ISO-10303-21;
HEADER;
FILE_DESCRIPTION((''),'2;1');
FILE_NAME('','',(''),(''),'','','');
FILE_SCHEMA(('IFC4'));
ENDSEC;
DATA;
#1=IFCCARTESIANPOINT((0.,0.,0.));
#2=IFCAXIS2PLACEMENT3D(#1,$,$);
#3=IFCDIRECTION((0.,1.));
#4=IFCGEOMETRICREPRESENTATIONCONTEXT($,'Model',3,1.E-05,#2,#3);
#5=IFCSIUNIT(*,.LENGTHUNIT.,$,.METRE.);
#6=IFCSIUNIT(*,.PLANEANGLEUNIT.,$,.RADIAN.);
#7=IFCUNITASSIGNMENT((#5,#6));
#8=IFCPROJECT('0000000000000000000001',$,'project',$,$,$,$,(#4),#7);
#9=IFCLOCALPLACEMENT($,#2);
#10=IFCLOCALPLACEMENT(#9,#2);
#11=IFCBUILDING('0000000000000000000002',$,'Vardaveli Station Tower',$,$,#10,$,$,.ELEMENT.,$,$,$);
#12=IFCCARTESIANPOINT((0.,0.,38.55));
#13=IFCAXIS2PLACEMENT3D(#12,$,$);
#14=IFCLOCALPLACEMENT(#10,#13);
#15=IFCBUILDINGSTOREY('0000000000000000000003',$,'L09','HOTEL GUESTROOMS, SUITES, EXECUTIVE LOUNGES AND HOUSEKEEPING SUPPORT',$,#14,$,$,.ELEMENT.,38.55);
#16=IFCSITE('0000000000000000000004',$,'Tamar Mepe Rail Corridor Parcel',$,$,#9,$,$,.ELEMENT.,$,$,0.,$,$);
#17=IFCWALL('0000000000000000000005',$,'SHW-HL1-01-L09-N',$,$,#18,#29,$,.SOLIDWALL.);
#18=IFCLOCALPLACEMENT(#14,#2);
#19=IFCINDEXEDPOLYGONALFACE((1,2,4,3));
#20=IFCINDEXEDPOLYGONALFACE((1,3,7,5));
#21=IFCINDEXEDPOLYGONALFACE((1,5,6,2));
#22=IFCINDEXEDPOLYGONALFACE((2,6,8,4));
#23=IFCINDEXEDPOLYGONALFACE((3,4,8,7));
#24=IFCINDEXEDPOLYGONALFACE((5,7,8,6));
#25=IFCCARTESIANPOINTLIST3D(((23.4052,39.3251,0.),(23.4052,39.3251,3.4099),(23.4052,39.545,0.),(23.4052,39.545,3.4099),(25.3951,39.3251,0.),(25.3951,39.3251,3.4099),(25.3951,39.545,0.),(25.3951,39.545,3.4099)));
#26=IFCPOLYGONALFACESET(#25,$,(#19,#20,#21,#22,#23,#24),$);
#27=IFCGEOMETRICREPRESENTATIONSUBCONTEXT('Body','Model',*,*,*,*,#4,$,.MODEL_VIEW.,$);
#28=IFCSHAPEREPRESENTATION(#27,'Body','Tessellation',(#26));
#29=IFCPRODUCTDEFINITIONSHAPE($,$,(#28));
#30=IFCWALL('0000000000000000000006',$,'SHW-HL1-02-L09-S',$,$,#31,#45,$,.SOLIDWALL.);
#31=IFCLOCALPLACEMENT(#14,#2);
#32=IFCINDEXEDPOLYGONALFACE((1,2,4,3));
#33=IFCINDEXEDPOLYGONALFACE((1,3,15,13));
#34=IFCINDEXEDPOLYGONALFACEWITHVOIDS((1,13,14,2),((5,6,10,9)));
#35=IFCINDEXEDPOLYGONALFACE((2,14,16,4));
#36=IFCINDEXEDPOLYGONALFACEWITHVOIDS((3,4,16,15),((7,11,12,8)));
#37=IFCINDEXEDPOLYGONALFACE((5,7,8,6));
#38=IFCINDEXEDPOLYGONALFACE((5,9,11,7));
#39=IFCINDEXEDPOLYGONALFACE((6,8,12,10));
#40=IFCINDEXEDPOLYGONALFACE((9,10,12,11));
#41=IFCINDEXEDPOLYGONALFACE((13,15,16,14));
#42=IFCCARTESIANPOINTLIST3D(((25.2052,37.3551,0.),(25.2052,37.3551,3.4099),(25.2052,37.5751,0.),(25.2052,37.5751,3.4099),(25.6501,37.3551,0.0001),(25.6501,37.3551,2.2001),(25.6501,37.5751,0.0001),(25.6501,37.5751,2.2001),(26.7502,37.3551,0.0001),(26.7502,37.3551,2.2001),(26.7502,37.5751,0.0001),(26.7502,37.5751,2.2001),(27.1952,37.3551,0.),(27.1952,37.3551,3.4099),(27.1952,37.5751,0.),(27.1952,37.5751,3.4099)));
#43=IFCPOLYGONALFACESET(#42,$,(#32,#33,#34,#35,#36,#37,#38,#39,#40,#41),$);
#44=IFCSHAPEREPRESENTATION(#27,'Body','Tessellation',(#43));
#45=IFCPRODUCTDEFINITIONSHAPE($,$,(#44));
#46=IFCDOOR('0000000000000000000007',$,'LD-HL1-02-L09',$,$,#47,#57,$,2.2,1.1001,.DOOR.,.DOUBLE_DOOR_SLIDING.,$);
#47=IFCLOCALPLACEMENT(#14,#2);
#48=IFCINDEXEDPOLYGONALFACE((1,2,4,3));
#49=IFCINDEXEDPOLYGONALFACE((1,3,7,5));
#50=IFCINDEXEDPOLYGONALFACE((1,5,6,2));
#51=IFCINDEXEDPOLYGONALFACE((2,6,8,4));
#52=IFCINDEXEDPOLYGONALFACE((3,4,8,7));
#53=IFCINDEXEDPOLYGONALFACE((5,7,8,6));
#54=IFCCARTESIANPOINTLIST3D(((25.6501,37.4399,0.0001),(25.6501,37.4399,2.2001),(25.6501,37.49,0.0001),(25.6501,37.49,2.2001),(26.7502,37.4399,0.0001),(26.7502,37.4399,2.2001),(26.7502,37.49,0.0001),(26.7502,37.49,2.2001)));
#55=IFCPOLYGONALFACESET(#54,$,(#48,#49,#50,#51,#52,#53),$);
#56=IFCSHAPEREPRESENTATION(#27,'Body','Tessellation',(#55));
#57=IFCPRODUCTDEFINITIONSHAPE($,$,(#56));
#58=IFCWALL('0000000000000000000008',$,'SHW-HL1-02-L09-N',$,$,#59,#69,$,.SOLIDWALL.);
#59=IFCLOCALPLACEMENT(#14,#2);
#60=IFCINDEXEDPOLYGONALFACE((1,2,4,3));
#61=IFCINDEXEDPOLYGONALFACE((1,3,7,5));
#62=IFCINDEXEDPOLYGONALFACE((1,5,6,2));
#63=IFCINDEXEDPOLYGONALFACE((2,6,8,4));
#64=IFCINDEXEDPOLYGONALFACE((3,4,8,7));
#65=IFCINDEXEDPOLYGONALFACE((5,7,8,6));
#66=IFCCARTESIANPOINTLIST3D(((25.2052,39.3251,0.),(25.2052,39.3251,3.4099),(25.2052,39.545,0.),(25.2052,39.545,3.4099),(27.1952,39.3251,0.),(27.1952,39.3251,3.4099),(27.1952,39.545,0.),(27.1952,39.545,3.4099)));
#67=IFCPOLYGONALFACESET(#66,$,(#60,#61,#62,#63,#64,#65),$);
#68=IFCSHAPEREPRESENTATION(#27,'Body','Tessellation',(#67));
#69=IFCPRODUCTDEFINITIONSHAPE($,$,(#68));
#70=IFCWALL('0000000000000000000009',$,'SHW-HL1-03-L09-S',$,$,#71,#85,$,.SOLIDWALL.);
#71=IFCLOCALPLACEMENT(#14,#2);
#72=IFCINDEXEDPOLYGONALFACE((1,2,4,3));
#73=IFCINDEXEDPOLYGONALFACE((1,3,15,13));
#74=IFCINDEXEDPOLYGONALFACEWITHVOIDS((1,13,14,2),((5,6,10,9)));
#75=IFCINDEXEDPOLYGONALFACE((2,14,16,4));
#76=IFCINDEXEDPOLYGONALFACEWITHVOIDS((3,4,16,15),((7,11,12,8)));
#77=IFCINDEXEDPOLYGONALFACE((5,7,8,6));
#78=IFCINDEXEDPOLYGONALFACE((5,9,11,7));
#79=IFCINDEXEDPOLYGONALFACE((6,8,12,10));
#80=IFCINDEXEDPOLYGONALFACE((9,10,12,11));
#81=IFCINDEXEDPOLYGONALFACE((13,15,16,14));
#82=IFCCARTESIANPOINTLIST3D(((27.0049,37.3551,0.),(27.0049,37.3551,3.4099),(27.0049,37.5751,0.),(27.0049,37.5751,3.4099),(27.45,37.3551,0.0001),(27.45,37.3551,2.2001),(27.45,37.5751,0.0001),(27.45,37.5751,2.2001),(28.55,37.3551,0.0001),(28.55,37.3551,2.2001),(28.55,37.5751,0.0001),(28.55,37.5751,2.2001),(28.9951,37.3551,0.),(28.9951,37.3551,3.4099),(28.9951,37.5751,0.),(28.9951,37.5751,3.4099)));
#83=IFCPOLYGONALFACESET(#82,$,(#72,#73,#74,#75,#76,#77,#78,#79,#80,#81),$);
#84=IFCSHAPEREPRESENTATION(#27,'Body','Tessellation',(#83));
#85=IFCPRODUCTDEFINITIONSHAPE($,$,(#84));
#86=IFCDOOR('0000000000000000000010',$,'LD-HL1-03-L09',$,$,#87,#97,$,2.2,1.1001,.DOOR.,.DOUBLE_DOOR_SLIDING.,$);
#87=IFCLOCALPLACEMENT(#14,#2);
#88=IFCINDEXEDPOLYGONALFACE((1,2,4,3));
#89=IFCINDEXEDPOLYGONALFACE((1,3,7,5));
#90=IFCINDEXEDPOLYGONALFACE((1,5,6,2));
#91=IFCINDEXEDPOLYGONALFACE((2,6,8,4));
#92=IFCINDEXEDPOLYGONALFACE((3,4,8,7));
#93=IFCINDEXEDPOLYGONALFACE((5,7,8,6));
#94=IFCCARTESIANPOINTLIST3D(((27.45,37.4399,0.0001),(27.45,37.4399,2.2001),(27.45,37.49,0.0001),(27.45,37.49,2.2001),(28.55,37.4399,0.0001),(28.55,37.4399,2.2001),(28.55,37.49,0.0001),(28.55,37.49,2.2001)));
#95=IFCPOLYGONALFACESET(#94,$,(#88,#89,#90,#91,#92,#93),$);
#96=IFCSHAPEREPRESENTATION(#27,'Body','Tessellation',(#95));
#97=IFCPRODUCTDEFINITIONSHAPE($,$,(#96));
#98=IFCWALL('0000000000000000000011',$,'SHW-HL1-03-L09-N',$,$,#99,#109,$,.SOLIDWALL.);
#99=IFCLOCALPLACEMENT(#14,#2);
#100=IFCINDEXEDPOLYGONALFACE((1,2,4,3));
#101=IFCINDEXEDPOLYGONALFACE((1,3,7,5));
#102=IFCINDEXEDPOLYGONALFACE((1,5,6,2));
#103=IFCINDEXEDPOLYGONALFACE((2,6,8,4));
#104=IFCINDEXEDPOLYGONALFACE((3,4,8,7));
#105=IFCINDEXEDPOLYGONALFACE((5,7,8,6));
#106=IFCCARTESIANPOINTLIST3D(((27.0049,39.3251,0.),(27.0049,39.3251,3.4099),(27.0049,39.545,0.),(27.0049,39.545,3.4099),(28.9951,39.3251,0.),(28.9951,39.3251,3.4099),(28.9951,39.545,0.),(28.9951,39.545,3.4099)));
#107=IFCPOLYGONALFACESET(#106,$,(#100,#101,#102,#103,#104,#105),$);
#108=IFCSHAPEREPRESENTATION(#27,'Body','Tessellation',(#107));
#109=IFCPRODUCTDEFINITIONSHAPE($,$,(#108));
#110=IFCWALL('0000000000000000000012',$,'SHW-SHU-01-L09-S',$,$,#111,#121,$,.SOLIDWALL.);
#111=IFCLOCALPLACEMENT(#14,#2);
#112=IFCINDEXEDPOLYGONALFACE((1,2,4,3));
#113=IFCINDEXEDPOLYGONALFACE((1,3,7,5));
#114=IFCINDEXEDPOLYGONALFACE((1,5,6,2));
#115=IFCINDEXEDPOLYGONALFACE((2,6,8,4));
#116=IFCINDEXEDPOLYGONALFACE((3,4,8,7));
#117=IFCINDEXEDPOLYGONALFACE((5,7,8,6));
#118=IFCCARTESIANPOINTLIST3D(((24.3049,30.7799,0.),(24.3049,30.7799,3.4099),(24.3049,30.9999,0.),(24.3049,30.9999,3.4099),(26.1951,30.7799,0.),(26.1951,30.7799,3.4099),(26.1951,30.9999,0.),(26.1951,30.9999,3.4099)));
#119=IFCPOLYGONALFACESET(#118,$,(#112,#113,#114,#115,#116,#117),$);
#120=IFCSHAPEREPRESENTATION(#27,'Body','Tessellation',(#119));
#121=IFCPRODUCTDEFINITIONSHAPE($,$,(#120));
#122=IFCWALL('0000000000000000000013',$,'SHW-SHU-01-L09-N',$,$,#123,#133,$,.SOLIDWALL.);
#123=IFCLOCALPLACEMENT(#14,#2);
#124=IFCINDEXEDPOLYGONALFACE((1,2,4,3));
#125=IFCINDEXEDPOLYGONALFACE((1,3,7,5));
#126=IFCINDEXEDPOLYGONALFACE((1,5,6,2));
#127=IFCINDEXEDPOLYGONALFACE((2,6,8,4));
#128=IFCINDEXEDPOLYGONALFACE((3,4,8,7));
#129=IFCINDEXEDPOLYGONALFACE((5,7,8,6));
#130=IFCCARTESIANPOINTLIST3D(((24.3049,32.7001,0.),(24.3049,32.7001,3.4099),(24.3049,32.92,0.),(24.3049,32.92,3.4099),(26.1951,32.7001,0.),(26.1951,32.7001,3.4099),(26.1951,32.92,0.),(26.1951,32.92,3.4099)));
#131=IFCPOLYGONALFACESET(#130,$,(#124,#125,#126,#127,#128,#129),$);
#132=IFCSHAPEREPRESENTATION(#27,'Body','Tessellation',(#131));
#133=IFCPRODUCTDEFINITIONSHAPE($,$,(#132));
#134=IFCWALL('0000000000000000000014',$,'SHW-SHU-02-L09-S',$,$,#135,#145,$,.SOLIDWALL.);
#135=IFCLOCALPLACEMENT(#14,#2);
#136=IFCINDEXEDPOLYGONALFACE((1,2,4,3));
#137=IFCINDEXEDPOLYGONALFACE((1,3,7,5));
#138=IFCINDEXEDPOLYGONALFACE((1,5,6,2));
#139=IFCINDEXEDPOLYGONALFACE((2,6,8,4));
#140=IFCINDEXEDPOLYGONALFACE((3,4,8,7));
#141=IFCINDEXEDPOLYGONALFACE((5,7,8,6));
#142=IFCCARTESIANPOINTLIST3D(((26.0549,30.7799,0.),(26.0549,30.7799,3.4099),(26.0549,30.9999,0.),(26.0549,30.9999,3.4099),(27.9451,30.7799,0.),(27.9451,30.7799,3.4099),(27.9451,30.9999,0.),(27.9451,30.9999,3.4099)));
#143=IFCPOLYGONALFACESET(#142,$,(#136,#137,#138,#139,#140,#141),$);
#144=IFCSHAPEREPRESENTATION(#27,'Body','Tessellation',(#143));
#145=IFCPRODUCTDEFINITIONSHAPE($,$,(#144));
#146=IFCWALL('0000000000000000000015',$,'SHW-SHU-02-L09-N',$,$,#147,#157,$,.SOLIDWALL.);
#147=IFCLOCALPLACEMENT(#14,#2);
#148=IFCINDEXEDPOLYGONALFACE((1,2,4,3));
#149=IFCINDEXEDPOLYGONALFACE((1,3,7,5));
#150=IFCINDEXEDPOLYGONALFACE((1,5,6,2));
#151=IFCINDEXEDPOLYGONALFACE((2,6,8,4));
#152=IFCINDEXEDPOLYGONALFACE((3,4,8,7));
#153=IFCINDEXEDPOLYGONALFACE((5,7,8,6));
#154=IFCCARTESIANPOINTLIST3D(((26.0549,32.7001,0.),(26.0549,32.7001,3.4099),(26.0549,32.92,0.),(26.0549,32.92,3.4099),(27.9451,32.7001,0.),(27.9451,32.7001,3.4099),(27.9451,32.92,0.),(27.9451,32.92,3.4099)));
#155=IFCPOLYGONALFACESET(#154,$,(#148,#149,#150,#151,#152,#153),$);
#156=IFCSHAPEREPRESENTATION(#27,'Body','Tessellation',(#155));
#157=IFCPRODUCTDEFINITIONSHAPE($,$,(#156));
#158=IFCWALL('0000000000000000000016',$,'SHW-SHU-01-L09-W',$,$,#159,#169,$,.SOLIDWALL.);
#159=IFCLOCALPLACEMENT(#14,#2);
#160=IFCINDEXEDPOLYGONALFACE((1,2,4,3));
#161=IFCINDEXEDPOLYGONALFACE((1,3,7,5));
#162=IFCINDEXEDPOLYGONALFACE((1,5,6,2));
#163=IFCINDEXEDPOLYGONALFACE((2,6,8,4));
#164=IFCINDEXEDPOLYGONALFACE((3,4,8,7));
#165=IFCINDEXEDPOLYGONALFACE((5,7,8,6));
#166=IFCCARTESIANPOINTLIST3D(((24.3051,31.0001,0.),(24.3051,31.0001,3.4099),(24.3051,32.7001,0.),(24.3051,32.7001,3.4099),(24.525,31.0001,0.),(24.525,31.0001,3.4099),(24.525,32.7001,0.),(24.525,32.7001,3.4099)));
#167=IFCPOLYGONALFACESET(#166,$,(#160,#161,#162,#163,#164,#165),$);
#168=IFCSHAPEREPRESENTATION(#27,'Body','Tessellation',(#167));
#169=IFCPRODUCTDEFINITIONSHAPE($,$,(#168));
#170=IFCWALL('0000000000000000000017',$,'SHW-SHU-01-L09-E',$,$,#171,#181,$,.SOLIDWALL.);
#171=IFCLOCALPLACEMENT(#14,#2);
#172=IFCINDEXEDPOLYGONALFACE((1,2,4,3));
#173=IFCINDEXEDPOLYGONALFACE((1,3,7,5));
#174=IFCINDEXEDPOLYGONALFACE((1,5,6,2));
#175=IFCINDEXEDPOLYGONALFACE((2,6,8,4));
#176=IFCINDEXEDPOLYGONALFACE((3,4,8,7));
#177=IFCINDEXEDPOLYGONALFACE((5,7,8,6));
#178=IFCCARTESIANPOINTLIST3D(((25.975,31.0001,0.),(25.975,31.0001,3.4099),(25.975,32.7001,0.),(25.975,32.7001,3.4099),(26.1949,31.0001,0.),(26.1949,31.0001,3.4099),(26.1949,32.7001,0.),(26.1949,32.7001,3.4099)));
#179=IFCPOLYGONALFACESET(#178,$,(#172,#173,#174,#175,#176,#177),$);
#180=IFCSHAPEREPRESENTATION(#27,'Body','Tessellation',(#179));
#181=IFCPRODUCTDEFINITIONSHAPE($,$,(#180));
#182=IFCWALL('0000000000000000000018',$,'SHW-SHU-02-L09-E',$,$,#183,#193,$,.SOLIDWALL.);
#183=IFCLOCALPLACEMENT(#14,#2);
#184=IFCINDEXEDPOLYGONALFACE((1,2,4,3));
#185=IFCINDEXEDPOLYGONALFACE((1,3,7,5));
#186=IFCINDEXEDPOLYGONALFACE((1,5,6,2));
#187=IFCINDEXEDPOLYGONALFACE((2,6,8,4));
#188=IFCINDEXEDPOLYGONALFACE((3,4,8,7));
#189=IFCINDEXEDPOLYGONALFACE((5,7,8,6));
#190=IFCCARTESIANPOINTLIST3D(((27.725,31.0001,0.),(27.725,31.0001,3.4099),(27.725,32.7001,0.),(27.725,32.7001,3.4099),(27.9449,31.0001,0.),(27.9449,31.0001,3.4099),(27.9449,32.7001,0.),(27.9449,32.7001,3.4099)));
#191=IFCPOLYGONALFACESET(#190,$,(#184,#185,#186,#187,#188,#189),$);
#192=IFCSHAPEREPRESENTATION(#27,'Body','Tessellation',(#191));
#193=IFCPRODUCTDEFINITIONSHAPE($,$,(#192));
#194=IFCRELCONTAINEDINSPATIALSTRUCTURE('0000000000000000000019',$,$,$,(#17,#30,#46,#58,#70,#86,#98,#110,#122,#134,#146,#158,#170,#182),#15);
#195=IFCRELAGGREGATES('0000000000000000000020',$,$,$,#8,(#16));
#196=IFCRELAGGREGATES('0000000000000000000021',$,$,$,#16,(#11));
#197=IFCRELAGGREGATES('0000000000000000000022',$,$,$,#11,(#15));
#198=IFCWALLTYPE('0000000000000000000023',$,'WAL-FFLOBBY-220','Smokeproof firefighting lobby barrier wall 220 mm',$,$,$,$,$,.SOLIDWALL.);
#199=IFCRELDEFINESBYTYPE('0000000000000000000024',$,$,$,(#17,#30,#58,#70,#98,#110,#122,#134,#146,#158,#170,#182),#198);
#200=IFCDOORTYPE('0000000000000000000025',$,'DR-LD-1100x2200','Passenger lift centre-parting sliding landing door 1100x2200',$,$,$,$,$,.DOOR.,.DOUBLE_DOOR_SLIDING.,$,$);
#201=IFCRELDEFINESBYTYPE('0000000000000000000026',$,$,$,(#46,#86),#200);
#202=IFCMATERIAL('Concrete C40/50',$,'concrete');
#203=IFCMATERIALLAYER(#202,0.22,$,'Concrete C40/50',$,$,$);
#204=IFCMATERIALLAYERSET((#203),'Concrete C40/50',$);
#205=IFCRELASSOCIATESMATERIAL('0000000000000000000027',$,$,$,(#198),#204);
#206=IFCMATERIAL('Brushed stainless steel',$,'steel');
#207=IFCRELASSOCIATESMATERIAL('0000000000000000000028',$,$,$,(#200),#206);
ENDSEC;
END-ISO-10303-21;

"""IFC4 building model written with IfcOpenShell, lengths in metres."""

from ifc_helpers import new_model, si_unit, direction, frame, frame_2d, origin, place, context, subcontext, project, spatial, rectangle, extrude, source, transform, mapped, material, layer, layer_set, type_object, element, fill, save


model = new_model("IFC4")

# Units and contexts
model_context = context("Model", 3, precision=1e-05, world=origin(), true_north=direction((0.0, 1.0)))
body_context = subcontext(model_context, "Body", "Model", "MODEL_VIEW")
ifc_project = project(units=[si_unit("LENGTHUNIT", "METRE"), si_unit("PLANEANGLEUNIT", "RADIAN")], contexts=[model_context])

# Site, building, storey
site_placement = place(None, origin())
site = spatial("IfcSite", under=ifc_project, at=site_placement, Name="Tamar Mepe Rail Corridor Parcel", CompositionType="ELEMENT", RefElevation=0.0)
building_placement = place(site_placement, origin())
building = spatial("IfcBuilding", under=site, at=building_placement, Name="Vardaveli Station Tower", CompositionType="ELEMENT")
storey_placement = place(building_placement, frame((0.0, 0.0, 38.55)))
storey = spatial("IfcBuildingStorey", under=building, at=storey_placement, Name="L09", Description="HOTEL GUESTROOMS, SUITES, EXECUTIVE LOUNGES AND HOUSEKEEPING SUPPORT", CompositionType="ELEMENT", Elevation=38.55)

# Shared definitions
ifc_material_1 = material(Name="Concrete C40/50", Category="concrete")
ifc_layer_1 = layer(ifc_material_1, 0.22, Name="Concrete C40/50")
ifc_layer_set_1 = layer_set([ifc_layer_1], Name="Concrete C40/50")
wall_type_1 = type_object("IfcWallType", Name="WAL-FFLOBBY-220", Description="Smokeproof firefighting lobby barrier wall 220 mm", PredefinedType="SOLIDWALL", material=ifc_layer_set_1)

# Shared definitions
shared_shape_1 = source(origin(), body_context, "Body", "SweptSolid", [
    extrude(rectangle(XDim=1.99, YDim=0.22, at=frame_2d((0.9951, 0.0))), origin(), (0.0, 0.0, 1.0), 3.4099),
])
shared_shape_2 = source(origin(), body_context, "Body", "SweptSolid", [
    extrude(rectangle(XDim=1.1001, YDim=2.2, at=frame_2d((0.55, 1.1001))), frame((0.0, 0.1201, 0.0), z_axis=(0.0, -1.0, 0.0), x_axis=(1.0, 0.0, 0.0)), (0.0, 0.0, 1.0), 0.24),
])
ifc_material_2 = material(Name="Brushed stainless steel", Category="steel")
door_type_1 = type_object("IfcDoorType", Name="DR-LD-1100x2200", Description="Passenger lift centre-parting sliding landing door 1100x2200", OperationType="DOUBLE_DOOR_SLIDING", PredefinedType="DOOR", material=ifc_material_2)
shared_shape_3 = source(origin(), body_context, "Body", "SweptSolid", [
    extrude(rectangle(XDim=1.1001, YDim=2.2, at=frame_2d((0.55, 1.1001))), frame((0.0, 0.0249, 0.0), z_axis=(0.0, -1.0, 0.0), x_axis=(1.0, 0.0, 0.0)), (0.0, 0.0, 1.0), 0.05),
])

# Wall
wall_1_placement = place(storey_placement, frame((23.405, 39.4351, 0.0), z_axis=(0.0, 0.0, 1.0), x_axis=(1.0, 0.0, 0.0)))
element("IfcWall", 1, at=wall_1_placement, inside=storey, type_object=wall_type_1, Name="SHW-HL1-01-L09-N", PredefinedType="SOLIDWALL", context=body_context, shape_type="MappedRepresentation", body=[
    mapped(shared_shape_1, transform((0.0, 0.0, 0.0), scale=1.0)),
])

# Wall, opening, door
wall_2_placement = place(storey_placement, frame((25.2051, 37.4651, 0.0), z_axis=(0.0, 0.0, 1.0), x_axis=(1.0, 0.0, 0.0)))
wall_2 = element("IfcWall", 2, at=wall_2_placement, inside=storey, type_object=wall_type_1, Name="SHW-HL1-02-L09-S", PredefinedType="SOLIDWALL", context=body_context, shape_type="MappedRepresentation", body=[
    mapped(shared_shape_1, transform((0.0, 0.0, 0.0), scale=1.0)),
])
opening_1_placement = place(wall_2_placement, frame((0.4451, 0.0, 0.0)))
opening_1 = element("IfcOpeningElement", 3, at=opening_1_placement, cuts=wall_2, PredefinedType="OPENING", context=body_context, shape_type="MappedRepresentation", body=[
    mapped(shared_shape_2, transform((0.0, 0.0, 0.0), scale=1.0)),
])
door_1_placement = place(opening_1_placement, origin())
door_1 = element("IfcDoor", 4, at=door_1_placement, inside=storey, type_object=door_type_1, Name="LD-HL1-02-L09", OperationType="DOUBLE_DOOR_SLIDING", OverallHeight=2.2, OverallWidth=1.1001, PredefinedType="DOOR", context=body_context, shape_type="MappedRepresentation", body=[
    mapped(shared_shape_3, transform((0.0, 0.0, 0.0), scale=1.0)),
])
fill(opening_1, door_1)

# Wall
wall_3_placement = place(storey_placement, frame((25.2051, 39.4351, 0.0), z_axis=(0.0, 0.0, 1.0), x_axis=(1.0, 0.0, 0.0)))
element("IfcWall", 5, at=wall_3_placement, inside=storey, type_object=wall_type_1, Name="SHW-HL1-02-L09-N", PredefinedType="SOLIDWALL", context=body_context, shape_type="MappedRepresentation", body=[
    mapped(shared_shape_1, transform((0.0, 0.0, 0.0), scale=1.0)),
])

# Wall, opening, door
shared_shape_4 = source(origin(), body_context, "Body", "SweptSolid", [
    extrude(rectangle(XDim=1.9902, YDim=0.22, at=frame_2d((0.9951, 0.0))), origin(), (0.0, 0.0, 1.0), 3.4099),
])
wall_4_placement = place(storey_placement, frame((27.0049, 37.4651, 0.0), z_axis=(0.0, 0.0, 1.0), x_axis=(1.0, 0.0, 0.0)))
wall_4 = element("IfcWall", 6, at=wall_4_placement, inside=storey, type_object=wall_type_1, Name="SHW-HL1-03-L09-S", PredefinedType="SOLIDWALL", context=body_context, shape_type="MappedRepresentation", body=[
    mapped(shared_shape_4, transform((0.0, 0.0, 0.0), scale=1.0)),
])
opening_2_placement = place(wall_4_placement, frame((0.4451, 0.0, 0.0)))
opening_2 = element("IfcOpeningElement", 7, at=opening_2_placement, cuts=wall_4, PredefinedType="OPENING", context=body_context, shape_type="MappedRepresentation", body=[
    mapped(shared_shape_2, transform((0.0, 0.0, 0.0), scale=1.0)),
])
door_2_placement = place(opening_2_placement, origin())
door_2 = element("IfcDoor", 8, at=door_2_placement, inside=storey, type_object=door_type_1, Name="LD-HL1-03-L09", OperationType="DOUBLE_DOOR_SLIDING", OverallHeight=2.2, OverallWidth=1.1001, PredefinedType="DOOR", context=body_context, shape_type="MappedRepresentation", body=[
    mapped(shared_shape_3, transform((0.0, 0.0, 0.0), scale=1.0)),
])
fill(opening_2, door_2)

# Walls
wall_5_placement = place(storey_placement, frame((27.0049, 39.4351, 0.0), z_axis=(0.0, 0.0, 1.0), x_axis=(1.0, 0.0, 0.0)))
element("IfcWall", 9, at=wall_5_placement, inside=storey, type_object=wall_type_1, Name="SHW-HL1-03-L09-N", PredefinedType="SOLIDWALL", context=body_context, shape_type="MappedRepresentation", body=[
    mapped(shared_shape_4, transform((0.0, 0.0, 0.0), scale=1.0)),
])
shared_shape_5 = source(origin(), body_context, "Body", "SweptSolid", [
    extrude(rectangle(XDim=1.8901, YDim=0.22, at=frame_2d((0.9451, 0.0))), origin(), (0.0, 0.0, 1.0), 3.4099),
])
for number, where, z_axis, x_axis, name in (
    (10, (24.3049, 30.8899, 0.0), (0.0, 0.0, 1.0), (1.0, 0.0, 0.0), "SHW-SHU-01-L09-S"),
    (11, (24.3049, 32.8101, 0.0), (0.0, 0.0, 1.0), (1.0, 0.0, 0.0), "SHW-SHU-01-L09-N"),
    (12, (26.0549, 30.8899, 0.0), (0.0, 0.0, 1.0), (1.0, 0.0, 0.0), "SHW-SHU-02-L09-S"),
    (13, (26.0549, 32.8101, 0.0), (0.0, 0.0, 1.0), (1.0, 0.0, 0.0), "SHW-SHU-02-L09-N"),
):
    element("IfcWall", number, at=place(storey_placement, frame(where, z_axis=z_axis, x_axis=x_axis)), inside=storey, type_object=wall_type_1, Name=name, PredefinedType="SOLIDWALL", context=body_context, shape_type="MappedRepresentation", body=[
        mapped(shared_shape_5, transform((0.0, 0.0, 0.0), scale=1.0)),
    ])
shared_shape_6 = source(origin(), body_context, "Body", "SweptSolid", [
    extrude(rectangle(XDim=1.7, YDim=0.22, at=frame_2d((0.8501, 0.0))), origin(), (0.0, 0.0, 1.0), 3.4099),
])
for number, where, z_axis, x_axis, name in (
    (14, (24.415, 31.0, 0.0), (0.0, 0.0, 1.0), (0.0, 1.0, 0.0), "SHW-SHU-01-L09-W"),
    (15, (26.085, 31.0, 0.0), (0.0, 0.0, 1.0), (0.0, 1.0, 0.0), "SHW-SHU-01-L09-E"),
    (16, (27.835, 31.0, 0.0), (0.0, 0.0, 1.0), (0.0, 1.0, 0.0), "SHW-SHU-02-L09-E"),
):
    element("IfcWall", number, at=place(storey_placement, frame(where, z_axis=z_axis, x_axis=x_axis)), inside=storey, type_object=wall_type_1, Name=name, PredefinedType="SOLIDWALL", context=body_context, shape_type="MappedRepresentation", body=[
        mapped(shared_shape_6, transform((0.0, 0.0, 0.0), scale=1.0)),
    ])

save(model, "model.ifc")
